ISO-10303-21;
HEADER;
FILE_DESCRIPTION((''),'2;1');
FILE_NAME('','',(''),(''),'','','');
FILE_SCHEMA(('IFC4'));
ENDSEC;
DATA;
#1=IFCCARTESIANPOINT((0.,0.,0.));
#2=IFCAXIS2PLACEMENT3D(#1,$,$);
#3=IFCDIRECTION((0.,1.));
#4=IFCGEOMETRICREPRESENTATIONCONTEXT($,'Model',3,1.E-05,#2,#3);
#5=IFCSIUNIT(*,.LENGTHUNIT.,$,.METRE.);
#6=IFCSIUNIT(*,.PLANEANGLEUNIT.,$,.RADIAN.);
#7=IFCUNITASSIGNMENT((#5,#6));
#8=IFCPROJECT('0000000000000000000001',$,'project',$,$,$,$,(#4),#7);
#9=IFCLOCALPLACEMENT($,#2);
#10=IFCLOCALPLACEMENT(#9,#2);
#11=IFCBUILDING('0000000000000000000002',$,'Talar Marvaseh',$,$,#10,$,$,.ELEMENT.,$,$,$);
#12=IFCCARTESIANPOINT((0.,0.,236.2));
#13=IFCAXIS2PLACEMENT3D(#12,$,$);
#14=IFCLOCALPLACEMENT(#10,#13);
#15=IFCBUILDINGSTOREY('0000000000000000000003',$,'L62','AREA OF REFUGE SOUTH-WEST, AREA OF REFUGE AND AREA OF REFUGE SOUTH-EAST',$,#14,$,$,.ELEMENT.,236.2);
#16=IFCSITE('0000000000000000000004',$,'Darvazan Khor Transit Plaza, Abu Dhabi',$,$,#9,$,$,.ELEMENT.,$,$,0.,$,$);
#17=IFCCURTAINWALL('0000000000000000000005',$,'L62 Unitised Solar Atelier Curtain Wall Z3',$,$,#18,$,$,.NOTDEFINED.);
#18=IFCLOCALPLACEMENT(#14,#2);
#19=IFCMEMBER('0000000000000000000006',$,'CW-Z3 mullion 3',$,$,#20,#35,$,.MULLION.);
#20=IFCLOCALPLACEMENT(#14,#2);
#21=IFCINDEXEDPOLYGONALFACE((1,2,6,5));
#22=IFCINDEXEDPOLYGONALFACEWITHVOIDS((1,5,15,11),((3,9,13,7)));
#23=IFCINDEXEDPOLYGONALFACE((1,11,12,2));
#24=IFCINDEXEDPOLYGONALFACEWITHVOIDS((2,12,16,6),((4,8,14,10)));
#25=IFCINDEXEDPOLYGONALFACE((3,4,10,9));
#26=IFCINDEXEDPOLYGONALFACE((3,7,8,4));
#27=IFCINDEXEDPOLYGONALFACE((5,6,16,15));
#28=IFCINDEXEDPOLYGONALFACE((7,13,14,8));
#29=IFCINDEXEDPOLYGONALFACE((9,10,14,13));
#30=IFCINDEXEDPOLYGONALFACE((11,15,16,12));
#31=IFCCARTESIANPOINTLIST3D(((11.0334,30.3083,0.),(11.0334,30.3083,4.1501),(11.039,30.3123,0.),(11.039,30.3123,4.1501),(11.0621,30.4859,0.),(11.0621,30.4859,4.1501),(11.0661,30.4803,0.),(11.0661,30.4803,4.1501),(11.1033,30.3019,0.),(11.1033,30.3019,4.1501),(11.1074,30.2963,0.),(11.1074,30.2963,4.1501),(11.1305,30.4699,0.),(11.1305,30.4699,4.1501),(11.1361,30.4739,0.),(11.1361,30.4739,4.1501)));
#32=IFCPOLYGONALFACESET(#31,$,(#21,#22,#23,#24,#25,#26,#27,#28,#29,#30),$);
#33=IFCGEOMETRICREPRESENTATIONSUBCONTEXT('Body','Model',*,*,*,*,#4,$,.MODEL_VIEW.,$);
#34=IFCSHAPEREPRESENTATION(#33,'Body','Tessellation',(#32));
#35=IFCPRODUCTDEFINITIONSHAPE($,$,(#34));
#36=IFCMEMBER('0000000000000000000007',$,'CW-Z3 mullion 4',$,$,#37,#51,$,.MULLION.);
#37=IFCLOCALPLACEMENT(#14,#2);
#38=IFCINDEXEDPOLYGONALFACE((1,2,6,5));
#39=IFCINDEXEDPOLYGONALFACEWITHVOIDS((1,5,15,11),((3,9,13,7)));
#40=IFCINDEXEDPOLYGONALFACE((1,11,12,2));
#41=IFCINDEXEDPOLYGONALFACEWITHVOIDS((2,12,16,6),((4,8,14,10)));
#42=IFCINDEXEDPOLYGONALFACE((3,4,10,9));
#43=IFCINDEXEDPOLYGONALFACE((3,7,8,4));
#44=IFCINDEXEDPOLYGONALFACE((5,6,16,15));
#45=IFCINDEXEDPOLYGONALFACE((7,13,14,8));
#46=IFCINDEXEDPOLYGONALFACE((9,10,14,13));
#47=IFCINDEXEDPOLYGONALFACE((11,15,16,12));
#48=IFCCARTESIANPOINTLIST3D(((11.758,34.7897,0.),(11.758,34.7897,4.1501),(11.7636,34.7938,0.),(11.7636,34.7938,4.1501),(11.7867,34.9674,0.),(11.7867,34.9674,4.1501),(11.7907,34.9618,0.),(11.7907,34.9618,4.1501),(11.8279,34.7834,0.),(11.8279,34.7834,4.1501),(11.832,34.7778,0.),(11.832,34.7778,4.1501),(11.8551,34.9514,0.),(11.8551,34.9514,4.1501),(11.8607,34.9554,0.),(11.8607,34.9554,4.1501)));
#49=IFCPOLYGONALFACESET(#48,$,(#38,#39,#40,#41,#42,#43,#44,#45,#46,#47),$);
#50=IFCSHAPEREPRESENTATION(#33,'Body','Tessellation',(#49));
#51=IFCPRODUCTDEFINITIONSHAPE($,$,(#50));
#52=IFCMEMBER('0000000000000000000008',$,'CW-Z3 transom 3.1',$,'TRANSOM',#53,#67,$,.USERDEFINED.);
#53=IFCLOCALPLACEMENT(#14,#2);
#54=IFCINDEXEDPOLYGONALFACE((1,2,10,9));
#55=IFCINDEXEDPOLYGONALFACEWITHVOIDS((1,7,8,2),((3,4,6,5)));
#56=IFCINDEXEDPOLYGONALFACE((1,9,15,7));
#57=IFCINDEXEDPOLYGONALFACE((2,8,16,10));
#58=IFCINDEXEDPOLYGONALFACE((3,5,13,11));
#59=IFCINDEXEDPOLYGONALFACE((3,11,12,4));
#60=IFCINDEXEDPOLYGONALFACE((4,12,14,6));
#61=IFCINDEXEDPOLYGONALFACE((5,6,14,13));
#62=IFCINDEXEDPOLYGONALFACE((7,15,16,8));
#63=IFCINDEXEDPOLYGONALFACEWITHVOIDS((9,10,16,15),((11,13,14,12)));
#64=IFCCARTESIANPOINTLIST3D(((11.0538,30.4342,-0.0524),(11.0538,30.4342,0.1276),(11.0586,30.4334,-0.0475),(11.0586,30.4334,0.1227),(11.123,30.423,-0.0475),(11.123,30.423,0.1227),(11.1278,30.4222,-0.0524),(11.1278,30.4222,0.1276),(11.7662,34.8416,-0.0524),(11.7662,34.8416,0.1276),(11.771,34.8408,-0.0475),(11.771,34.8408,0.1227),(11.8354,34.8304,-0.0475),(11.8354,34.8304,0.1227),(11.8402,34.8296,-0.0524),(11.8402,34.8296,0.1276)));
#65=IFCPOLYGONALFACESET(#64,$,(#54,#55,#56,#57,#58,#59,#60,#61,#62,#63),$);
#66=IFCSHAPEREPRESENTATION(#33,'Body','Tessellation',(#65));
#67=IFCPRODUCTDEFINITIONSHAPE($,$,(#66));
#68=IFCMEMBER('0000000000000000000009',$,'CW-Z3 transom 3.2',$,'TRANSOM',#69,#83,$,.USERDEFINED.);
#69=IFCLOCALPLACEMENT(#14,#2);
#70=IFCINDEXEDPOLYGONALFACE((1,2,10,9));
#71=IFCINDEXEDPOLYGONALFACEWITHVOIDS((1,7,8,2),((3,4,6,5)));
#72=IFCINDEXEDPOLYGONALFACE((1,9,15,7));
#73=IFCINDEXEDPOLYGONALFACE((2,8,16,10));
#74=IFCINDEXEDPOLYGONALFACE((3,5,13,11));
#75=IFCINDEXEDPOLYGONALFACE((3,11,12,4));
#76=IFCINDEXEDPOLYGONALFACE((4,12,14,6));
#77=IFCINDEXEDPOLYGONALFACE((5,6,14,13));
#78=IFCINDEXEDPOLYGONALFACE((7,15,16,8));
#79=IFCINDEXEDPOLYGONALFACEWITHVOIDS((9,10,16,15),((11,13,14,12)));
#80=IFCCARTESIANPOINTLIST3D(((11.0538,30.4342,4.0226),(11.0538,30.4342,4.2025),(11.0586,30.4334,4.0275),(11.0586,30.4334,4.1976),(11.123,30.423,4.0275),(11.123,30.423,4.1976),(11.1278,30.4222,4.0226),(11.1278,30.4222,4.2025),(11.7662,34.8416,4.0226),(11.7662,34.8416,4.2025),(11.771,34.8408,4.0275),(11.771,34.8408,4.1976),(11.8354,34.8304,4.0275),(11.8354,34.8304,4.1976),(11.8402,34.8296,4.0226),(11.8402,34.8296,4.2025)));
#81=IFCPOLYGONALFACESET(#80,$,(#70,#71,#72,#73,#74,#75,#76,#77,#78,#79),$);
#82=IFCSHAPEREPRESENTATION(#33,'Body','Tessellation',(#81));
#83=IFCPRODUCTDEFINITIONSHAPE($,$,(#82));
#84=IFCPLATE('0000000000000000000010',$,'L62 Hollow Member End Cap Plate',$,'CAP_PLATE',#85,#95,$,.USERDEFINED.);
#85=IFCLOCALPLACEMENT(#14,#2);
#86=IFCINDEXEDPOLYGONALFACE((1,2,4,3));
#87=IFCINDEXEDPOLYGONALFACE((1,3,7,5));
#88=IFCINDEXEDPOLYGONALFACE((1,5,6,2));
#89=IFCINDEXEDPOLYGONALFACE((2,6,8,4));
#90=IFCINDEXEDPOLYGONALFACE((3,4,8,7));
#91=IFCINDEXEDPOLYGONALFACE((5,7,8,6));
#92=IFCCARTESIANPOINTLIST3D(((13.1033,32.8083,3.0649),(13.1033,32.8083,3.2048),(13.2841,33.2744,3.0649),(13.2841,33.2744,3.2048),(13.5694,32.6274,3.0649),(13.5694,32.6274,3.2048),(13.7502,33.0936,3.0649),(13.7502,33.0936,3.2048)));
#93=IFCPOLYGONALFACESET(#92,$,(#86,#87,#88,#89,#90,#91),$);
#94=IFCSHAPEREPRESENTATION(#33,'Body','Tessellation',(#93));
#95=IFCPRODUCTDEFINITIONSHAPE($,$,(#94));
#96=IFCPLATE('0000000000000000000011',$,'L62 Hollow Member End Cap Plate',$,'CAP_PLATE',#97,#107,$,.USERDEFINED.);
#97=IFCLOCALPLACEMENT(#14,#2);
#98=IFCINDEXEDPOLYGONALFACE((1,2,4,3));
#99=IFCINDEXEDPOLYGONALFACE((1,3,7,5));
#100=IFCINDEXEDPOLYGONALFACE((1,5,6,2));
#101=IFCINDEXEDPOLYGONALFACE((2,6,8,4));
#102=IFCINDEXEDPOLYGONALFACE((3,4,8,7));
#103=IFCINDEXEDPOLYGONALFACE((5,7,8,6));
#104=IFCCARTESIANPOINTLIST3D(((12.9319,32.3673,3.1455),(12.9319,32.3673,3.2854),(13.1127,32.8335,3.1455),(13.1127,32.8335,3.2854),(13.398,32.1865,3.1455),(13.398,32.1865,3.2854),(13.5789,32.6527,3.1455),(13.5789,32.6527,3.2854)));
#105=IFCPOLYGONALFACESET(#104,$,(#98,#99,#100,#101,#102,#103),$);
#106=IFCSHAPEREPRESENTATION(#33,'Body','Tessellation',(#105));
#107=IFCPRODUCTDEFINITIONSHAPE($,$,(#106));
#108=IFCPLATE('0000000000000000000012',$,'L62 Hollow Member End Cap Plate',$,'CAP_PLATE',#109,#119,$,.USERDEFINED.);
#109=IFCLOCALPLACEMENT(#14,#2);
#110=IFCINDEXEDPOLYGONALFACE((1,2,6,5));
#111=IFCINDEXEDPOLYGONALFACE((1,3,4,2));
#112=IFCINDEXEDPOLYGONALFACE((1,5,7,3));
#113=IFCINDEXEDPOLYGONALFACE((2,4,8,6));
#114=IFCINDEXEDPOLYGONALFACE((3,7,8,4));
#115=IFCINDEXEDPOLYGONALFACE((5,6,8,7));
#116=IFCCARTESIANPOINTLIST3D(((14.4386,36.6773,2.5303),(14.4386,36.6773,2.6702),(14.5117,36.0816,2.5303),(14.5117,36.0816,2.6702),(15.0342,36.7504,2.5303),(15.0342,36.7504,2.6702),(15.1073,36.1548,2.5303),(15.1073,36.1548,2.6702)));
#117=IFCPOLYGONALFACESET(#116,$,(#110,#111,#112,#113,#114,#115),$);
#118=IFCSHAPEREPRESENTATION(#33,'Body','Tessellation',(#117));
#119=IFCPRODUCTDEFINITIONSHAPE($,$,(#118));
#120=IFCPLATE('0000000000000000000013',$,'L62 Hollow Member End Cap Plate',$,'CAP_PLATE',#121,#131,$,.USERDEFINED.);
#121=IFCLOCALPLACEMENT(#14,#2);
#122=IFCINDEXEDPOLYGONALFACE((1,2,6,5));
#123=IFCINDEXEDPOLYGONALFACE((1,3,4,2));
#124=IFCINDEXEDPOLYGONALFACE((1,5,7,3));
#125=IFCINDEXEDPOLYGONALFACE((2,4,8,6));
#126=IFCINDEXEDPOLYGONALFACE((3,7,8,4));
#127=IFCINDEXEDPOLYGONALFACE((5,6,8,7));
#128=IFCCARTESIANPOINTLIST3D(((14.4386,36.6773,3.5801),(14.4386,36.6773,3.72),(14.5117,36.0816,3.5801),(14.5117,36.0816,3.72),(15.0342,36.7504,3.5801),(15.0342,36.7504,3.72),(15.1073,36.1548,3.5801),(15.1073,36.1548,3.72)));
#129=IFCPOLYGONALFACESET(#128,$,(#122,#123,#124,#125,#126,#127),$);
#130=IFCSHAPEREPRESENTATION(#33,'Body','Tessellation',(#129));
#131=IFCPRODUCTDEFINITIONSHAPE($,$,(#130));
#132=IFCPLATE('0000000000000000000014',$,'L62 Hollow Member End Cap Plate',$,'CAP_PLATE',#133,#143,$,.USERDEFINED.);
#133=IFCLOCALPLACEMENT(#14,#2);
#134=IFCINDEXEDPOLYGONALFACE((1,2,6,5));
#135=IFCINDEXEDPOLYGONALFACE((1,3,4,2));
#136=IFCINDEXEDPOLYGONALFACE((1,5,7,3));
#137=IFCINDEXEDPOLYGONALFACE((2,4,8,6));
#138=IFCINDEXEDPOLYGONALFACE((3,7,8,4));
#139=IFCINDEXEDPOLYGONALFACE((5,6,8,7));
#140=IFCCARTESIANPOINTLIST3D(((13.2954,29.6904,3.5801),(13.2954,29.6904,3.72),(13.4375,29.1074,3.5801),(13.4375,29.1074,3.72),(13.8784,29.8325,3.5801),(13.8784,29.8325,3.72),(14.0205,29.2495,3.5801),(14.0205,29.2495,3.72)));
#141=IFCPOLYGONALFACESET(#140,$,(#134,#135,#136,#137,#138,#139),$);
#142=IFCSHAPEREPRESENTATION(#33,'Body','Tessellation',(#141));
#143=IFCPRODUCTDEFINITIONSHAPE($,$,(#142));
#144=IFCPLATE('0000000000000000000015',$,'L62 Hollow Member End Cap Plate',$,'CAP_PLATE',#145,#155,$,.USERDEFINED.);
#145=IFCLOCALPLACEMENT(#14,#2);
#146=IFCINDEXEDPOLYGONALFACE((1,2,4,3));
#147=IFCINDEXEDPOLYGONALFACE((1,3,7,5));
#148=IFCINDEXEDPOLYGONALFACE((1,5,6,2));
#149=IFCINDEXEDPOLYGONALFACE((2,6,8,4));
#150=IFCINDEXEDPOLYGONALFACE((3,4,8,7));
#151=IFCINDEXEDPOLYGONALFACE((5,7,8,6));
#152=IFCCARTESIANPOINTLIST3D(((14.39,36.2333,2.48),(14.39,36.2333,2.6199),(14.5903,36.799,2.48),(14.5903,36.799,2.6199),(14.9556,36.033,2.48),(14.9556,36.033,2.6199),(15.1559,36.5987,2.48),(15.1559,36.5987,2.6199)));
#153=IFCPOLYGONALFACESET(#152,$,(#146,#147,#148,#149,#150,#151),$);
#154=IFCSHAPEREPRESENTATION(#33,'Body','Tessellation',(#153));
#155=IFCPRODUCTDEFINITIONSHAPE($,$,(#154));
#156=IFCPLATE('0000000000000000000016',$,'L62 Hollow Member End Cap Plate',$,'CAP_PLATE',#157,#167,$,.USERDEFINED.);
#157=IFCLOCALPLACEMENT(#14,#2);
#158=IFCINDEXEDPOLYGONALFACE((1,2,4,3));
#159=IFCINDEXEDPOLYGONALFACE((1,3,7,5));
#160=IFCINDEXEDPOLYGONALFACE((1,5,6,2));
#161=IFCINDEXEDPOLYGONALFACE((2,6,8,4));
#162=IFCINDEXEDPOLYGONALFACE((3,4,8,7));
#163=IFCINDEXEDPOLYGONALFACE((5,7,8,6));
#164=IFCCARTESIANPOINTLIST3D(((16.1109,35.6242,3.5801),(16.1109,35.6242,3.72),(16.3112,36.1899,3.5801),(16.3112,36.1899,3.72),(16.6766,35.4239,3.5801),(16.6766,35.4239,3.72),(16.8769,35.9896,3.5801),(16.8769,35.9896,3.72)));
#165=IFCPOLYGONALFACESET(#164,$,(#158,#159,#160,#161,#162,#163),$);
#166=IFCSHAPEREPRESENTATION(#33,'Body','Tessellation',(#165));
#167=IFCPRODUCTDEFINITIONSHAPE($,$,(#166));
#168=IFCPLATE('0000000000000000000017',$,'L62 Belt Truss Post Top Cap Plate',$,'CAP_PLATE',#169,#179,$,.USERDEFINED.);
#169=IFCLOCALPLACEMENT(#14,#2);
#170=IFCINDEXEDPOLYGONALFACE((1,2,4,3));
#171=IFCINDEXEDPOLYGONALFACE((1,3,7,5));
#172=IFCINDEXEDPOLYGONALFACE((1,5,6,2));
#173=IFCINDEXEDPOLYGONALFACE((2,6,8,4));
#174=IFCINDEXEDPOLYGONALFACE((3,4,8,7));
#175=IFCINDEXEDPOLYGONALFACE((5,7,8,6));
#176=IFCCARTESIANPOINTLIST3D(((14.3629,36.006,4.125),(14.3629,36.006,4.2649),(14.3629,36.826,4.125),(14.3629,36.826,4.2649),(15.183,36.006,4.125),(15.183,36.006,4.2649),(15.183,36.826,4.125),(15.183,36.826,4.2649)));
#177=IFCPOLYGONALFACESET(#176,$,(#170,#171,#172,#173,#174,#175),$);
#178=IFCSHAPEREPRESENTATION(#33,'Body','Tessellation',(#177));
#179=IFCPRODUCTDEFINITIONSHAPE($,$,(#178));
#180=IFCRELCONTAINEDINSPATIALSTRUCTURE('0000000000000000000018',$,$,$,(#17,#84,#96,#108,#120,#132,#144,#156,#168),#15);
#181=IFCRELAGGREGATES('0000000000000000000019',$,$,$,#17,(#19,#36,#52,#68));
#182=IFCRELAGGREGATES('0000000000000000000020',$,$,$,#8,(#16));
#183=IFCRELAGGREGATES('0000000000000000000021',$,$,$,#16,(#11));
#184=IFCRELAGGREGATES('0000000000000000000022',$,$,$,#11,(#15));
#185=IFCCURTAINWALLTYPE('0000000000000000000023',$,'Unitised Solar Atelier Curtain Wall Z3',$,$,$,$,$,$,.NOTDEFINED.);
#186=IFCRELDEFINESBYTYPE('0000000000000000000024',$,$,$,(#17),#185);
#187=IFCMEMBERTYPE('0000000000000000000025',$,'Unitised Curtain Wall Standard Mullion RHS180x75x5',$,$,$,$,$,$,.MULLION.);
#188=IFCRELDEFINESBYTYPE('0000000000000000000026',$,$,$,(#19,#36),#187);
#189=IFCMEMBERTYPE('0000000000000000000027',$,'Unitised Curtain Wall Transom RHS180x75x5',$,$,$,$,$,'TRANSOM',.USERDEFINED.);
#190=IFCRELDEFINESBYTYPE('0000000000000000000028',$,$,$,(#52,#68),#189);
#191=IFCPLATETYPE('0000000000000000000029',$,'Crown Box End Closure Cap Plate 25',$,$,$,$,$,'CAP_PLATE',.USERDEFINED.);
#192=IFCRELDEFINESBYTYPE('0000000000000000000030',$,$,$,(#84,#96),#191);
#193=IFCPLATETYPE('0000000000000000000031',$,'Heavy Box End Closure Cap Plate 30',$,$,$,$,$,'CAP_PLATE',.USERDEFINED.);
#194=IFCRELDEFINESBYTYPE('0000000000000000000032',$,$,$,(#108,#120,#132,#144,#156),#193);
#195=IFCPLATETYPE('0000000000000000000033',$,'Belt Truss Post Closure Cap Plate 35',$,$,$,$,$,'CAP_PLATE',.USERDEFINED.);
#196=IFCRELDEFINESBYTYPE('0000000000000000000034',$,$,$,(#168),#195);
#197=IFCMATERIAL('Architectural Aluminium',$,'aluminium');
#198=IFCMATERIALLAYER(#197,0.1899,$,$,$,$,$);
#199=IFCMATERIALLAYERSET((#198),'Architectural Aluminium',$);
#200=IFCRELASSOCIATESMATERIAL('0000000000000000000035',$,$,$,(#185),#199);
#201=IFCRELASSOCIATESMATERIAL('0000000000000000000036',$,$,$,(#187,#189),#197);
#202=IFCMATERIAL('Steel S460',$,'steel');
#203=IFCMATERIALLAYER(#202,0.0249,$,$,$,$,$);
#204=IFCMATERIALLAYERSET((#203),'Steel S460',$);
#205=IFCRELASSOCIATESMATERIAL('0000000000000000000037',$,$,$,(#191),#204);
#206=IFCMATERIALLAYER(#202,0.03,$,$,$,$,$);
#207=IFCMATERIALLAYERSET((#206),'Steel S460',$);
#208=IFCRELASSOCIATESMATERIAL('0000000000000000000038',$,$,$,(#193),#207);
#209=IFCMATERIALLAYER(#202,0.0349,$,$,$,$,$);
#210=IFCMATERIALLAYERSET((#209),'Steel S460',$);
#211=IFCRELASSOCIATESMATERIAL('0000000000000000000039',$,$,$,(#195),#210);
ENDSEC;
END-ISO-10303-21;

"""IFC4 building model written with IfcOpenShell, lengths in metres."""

from ifc_helpers import new_model, si_unit, direction, frame, origin, origin_2d, place, context, subcontext, project, spatial, rectangle, hollow_rectangle, extrude, source, transform, mapped, material, layer, layer_set, material_profile, profile_set, type_object, type_shapes, element, aggregate, save


model = new_model("IFC4")

# Units and contexts
model_context = context("Model", 3, precision=1e-05, world=origin(), true_north=direction((0.0, 1.0)))
body_context = subcontext(model_context, "Body", "Model", "MODEL_VIEW")
ifc_project = project(units=[si_unit("LENGTHUNIT", "METRE"), si_unit("PLANEANGLEUNIT", "RADIAN")], contexts=[model_context])

# Site, building, storey
site_placement = place(None, origin())
site = spatial("IfcSite", under=ifc_project, at=site_placement, Name="Darvazan Khor Transit Plaza, Abu Dhabi", CompositionType="ELEMENT", RefElevation=0.0)
building_placement = place(site_placement, origin())
building = spatial("IfcBuilding", under=site, at=building_placement, Name="Talar Marvaseh", CompositionType="ELEMENT")
storey_placement = place(building_placement, frame((0.0, 0.0, 236.2)))
storey = spatial("IfcBuildingStorey", under=building, at=storey_placement, Name="L62", Description="AREA OF REFUGE SOUTH-WEST, AREA OF REFUGE AND AREA OF REFUGE SOUTH-EAST", CompositionType="ELEMENT", Elevation=236.2)

# Shared definitions
ifc_material_1 = material(Name="Steel S460", Category="steel")

# Curtain wall, members
ifc_material_2 = material(Name="Architectural Aluminium", Category="aluminium")
ifc_layer_1 = layer(ifc_material_2, 0.1899)
ifc_layer_set_1 = layer_set([ifc_layer_1], Name="Architectural Aluminium")
curtain_wall_type = type_object("IfcCurtainWallType", Name="Unitised Solar Atelier Curtain Wall Z3", PredefinedType="NOTDEFINED", material=ifc_layer_set_1)
curtain_wall_placement = place(storey_placement, origin())
curtain_wall = element("IfcCurtainWall", 1, at=curtain_wall_placement, inside=storey, type_object=curtain_wall_type, Name="L62 Unitised Solar Atelier Curtain Wall Z3", PredefinedType="NOTDEFINED")
ifc_material_profile_1 = material_profile(ifc_material_2, hollow_rectangle(XDim=0.075, YDim=0.1799, WallThickness=0.0049, at=origin_2d()), Name="RHS180x75x5")
ifc_profile_set_1 = profile_set([ifc_material_profile_1], Name="Architectural Aluminium")
member_type_1 = type_object("IfcMemberType", Name="Unitised Curtain Wall Standard Mullion RHS180x75x5", PredefinedType="MULLION", material=ifc_profile_set_1)
shared_shape_1 = source(origin(), body_context, "Body", "SweptSolid", [
    extrude(hollow_rectangle(XDim=0.075, YDim=0.1799, WallThickness=0.0049, at=origin_2d()), origin(), (0.0, 0.0, 1.0), 4.1501),
])
type_shapes(member_type_1, [shared_shape_1])
member_1_placement = place(storey_placement, frame((11.0847, 30.3911, 0.0), z_axis=(0.0, 0.0, 1.0), x_axis=(-0.987186, 0.159572, 0.0)))
member_1 = element("IfcMember", 2, at=member_1_placement, type_object=member_type_1, Name="CW-Z3 mullion 3", PredefinedType="MULLION", context=body_context, shape_type="MappedRepresentation", body=[
    mapped(shared_shape_1, transform((0.0, 0.0, 0.0), x_axis=(1.0, 0.0, 0.0), y_axis=(0.0, 1.0, 0.0), z_axis=(0.0, 0.0, 1.0), scale=1.0)),
])
member_2_placement = place(storey_placement, frame((11.8093, 34.8726, 0.0), z_axis=(0.0, 0.0, 1.0), x_axis=(-0.987186, 0.159572, 0.0)))
member_2 = element("IfcMember", 3, at=member_2_placement, type_object=member_type_1, Name="CW-Z3 mullion 4", PredefinedType="MULLION", context=body_context, shape_type="MappedRepresentation", body=[
    mapped(shared_shape_1, transform((0.0, 0.0, 0.0), x_axis=(1.0, 0.0, 0.0), y_axis=(0.0, 1.0, 0.0), z_axis=(0.0, 0.0, 1.0), scale=1.0)),
])
ifc_material_profile_2 = material_profile(ifc_material_2, hollow_rectangle(XDim=0.075, YDim=0.1799, WallThickness=0.0049, at=origin_2d()), Name="RHS180x75x5")
ifc_profile_set_2 = profile_set([ifc_material_profile_2], Name="Architectural Aluminium")
member_type_2 = type_object("IfcMemberType", Name="Unitised Curtain Wall Transom RHS180x75x5", ElementType="TRANSOM", PredefinedType="USERDEFINED", material=ifc_profile_set_2)
shared_shape_2 = source(origin(), body_context, "Body", "SweptSolid", [
    extrude(hollow_rectangle(XDim=0.075, YDim=0.1799, WallThickness=0.0049, at=origin_2d()), origin(), (0.0, 0.0, 1.0), 4.4646),
])
type_shapes(member_type_2, [shared_shape_2])
member_3_placement = place(storey_placement, frame((11.0908, 30.4282, 0.0376), z_axis=(0.159564, 0.987188, 0.0), x_axis=(-0.987188, 0.159564, 0.0)))
member_3 = element("IfcMember", 4, at=member_3_placement, type_object=member_type_2, Name="CW-Z3 transom 3.1", ObjectType="TRANSOM", PredefinedType="USERDEFINED", context=body_context, shape_type="MappedRepresentation", body=[
    mapped(shared_shape_2, transform((0.0, 0.0, 0.0), x_axis=(1.0, 0.0, 0.0), y_axis=(0.0, 1.0, 0.0), z_axis=(0.0, 0.0, 1.0), scale=1.0)),
])
member_4_placement = place(storey_placement, frame((11.0908, 30.4282, 4.1125), z_axis=(0.159564, 0.987188, 0.0), x_axis=(-0.987188, 0.159564, 0.0)))
member_4 = element("IfcMember", 5, at=member_4_placement, type_object=member_type_2, Name="CW-Z3 transom 3.2", ObjectType="TRANSOM", PredefinedType="USERDEFINED", context=body_context, shape_type="MappedRepresentation", body=[
    mapped(shared_shape_2, transform((0.0, 0.0, 0.0), x_axis=(1.0, 0.0, 0.0), y_axis=(0.0, 1.0, 0.0), z_axis=(0.0, 0.0, 1.0), scale=1.0)),
])

# Plates
ifc_layer_2 = layer(ifc_material_1, 0.0249)
ifc_layer_set_2 = layer_set([ifc_layer_2], Name="Steel S460")
plate_type_1 = type_object("IfcPlateType", Name="Crown Box End Closure Cap Plate 25", ElementType="CAP_PLATE", PredefinedType="USERDEFINED", material=ifc_layer_set_2)
shared_shape_3 = source(origin(), body_context, "Body", "SweptSolid", [
    extrude(rectangle(XDim=0.5, YDim=0.5, at=origin_2d()), origin(), (0.0, 0.0, 1.0), 0.1399),
])
type_shapes(plate_type_1, [shared_shape_3])
for number, where, z_axis, x_axis, name in (
    (6, (13.4268, 32.9509, 3.0649), (0.0, 0.0, 1.0), (-0.361625, -0.932324, 0.0), "L62 Hollow Member End Cap Plate"),
    (7, (13.2554, 32.51, 3.1455), (0.0, 0.0, 1.0), (-0.361625, -0.932324, 0.0), "L62 Hollow Member End Cap Plate"),
):
    element("IfcPlate", number, at=place(storey_placement, frame(where, z_axis=z_axis, x_axis=x_axis)), inside=storey, type_object=plate_type_1, Name=name, ObjectType="CAP_PLATE", PredefinedType="USERDEFINED", context=body_context, shape_type="MappedRepresentation", body=[
        mapped(shared_shape_3, transform((0.0, 0.0, 0.0), x_axis=(1.0, 0.0, 0.0), y_axis=(0.0, 1.0, 0.0), z_axis=(0.0, 0.0, 1.0), scale=1.0)),
    ])
ifc_layer_3 = layer(ifc_material_1, 0.03)
ifc_layer_set_3 = layer_set([ifc_layer_3], Name="Steel S460")
plate_type_2 = type_object("IfcPlateType", Name="Heavy Box End Closure Cap Plate 30", ElementType="CAP_PLATE", PredefinedType="USERDEFINED", material=ifc_layer_set_3)
shared_shape_4 = source(origin(), body_context, "Body", "SweptSolid", [
    extrude(rectangle(XDim=0.6001, YDim=0.6001, at=origin_2d()), origin(), (0.0, 0.0, 1.0), 0.1399),
])
type_shapes(plate_type_2, [shared_shape_4])
for number, where, z_axis, x_axis, name in (
    (8, (14.7729, 36.416, 2.5303), (0.0, 0.0, 1.0), (-0.992546, -0.121869, 0.0), "L62 Hollow Member End Cap Plate"),
    (9, (14.7729, 36.416, 3.5801), (0.0, 0.0, 1.0), (-0.992546, -0.121869, 0.0), "L62 Hollow Member End Cap Plate"),
    (10, (13.658, 29.47, 3.5801), (0.0, 0.0, 1.0), (0.971549, 0.236838, 0.0), "L62 Hollow Member End Cap Plate"),
    (11, (14.7729, 36.416, 2.48), (0.0, 0.0, 1.0), (0.942641, -0.333807, 0.0), "L62 Hollow Member End Cap Plate"),
    (12, (16.4939, 35.8069, 3.5801), (0.0, 0.0, 1.0), (0.942641, -0.333807, 0.0), "L62 Hollow Member End Cap Plate"),
):
    element("IfcPlate", number, at=place(storey_placement, frame(where, z_axis=z_axis, x_axis=x_axis)), inside=storey, type_object=plate_type_2, Name=name, ObjectType="CAP_PLATE", PredefinedType="USERDEFINED", context=body_context, shape_type="MappedRepresentation", body=[
        mapped(shared_shape_4, transform((0.0, 0.0, 0.0), x_axis=(1.0, 0.0, 0.0), y_axis=(0.0, 1.0, 0.0), z_axis=(0.0, 0.0, 1.0), scale=1.0)),
    ])
ifc_layer_4 = layer(ifc_material_1, 0.0349)
ifc_layer_set_4 = layer_set([ifc_layer_4], Name="Steel S460")
plate_type_3 = type_object("IfcPlateType", Name="Belt Truss Post Closure Cap Plate 35", ElementType="CAP_PLATE", PredefinedType="USERDEFINED", material=ifc_layer_set_4)
shared_shape_5 = source(origin(), body_context, "Body", "SweptSolid", [
    extrude(rectangle(XDim=0.8201, YDim=0.8201, at=origin_2d()), origin(), (0.0, 0.0, 1.0), 0.1399),
])
type_shapes(plate_type_3, [shared_shape_5])
plate_1_placement = place(storey_placement, frame((14.7729, 36.416, 4.125), z_axis=(0.0, 0.0, 1.0), x_axis=(1.0, 0.0, 0.0)))
element("IfcPlate", 13, at=plate_1_placement, inside=storey, type_object=plate_type_3, Name="L62 Belt Truss Post Top Cap Plate", ObjectType="CAP_PLATE", PredefinedType="USERDEFINED", context=body_context, shape_type="MappedRepresentation", body=[
    mapped(shared_shape_5, transform((0.0, 0.0, 0.0), x_axis=(1.0, 0.0, 0.0), y_axis=(0.0, 1.0, 0.0), z_axis=(0.0, 0.0, 1.0), scale=1.0)),
])

aggregate(curtain_wall, [member_1, member_2, member_3, member_4])

save(model, "model.ifc")
